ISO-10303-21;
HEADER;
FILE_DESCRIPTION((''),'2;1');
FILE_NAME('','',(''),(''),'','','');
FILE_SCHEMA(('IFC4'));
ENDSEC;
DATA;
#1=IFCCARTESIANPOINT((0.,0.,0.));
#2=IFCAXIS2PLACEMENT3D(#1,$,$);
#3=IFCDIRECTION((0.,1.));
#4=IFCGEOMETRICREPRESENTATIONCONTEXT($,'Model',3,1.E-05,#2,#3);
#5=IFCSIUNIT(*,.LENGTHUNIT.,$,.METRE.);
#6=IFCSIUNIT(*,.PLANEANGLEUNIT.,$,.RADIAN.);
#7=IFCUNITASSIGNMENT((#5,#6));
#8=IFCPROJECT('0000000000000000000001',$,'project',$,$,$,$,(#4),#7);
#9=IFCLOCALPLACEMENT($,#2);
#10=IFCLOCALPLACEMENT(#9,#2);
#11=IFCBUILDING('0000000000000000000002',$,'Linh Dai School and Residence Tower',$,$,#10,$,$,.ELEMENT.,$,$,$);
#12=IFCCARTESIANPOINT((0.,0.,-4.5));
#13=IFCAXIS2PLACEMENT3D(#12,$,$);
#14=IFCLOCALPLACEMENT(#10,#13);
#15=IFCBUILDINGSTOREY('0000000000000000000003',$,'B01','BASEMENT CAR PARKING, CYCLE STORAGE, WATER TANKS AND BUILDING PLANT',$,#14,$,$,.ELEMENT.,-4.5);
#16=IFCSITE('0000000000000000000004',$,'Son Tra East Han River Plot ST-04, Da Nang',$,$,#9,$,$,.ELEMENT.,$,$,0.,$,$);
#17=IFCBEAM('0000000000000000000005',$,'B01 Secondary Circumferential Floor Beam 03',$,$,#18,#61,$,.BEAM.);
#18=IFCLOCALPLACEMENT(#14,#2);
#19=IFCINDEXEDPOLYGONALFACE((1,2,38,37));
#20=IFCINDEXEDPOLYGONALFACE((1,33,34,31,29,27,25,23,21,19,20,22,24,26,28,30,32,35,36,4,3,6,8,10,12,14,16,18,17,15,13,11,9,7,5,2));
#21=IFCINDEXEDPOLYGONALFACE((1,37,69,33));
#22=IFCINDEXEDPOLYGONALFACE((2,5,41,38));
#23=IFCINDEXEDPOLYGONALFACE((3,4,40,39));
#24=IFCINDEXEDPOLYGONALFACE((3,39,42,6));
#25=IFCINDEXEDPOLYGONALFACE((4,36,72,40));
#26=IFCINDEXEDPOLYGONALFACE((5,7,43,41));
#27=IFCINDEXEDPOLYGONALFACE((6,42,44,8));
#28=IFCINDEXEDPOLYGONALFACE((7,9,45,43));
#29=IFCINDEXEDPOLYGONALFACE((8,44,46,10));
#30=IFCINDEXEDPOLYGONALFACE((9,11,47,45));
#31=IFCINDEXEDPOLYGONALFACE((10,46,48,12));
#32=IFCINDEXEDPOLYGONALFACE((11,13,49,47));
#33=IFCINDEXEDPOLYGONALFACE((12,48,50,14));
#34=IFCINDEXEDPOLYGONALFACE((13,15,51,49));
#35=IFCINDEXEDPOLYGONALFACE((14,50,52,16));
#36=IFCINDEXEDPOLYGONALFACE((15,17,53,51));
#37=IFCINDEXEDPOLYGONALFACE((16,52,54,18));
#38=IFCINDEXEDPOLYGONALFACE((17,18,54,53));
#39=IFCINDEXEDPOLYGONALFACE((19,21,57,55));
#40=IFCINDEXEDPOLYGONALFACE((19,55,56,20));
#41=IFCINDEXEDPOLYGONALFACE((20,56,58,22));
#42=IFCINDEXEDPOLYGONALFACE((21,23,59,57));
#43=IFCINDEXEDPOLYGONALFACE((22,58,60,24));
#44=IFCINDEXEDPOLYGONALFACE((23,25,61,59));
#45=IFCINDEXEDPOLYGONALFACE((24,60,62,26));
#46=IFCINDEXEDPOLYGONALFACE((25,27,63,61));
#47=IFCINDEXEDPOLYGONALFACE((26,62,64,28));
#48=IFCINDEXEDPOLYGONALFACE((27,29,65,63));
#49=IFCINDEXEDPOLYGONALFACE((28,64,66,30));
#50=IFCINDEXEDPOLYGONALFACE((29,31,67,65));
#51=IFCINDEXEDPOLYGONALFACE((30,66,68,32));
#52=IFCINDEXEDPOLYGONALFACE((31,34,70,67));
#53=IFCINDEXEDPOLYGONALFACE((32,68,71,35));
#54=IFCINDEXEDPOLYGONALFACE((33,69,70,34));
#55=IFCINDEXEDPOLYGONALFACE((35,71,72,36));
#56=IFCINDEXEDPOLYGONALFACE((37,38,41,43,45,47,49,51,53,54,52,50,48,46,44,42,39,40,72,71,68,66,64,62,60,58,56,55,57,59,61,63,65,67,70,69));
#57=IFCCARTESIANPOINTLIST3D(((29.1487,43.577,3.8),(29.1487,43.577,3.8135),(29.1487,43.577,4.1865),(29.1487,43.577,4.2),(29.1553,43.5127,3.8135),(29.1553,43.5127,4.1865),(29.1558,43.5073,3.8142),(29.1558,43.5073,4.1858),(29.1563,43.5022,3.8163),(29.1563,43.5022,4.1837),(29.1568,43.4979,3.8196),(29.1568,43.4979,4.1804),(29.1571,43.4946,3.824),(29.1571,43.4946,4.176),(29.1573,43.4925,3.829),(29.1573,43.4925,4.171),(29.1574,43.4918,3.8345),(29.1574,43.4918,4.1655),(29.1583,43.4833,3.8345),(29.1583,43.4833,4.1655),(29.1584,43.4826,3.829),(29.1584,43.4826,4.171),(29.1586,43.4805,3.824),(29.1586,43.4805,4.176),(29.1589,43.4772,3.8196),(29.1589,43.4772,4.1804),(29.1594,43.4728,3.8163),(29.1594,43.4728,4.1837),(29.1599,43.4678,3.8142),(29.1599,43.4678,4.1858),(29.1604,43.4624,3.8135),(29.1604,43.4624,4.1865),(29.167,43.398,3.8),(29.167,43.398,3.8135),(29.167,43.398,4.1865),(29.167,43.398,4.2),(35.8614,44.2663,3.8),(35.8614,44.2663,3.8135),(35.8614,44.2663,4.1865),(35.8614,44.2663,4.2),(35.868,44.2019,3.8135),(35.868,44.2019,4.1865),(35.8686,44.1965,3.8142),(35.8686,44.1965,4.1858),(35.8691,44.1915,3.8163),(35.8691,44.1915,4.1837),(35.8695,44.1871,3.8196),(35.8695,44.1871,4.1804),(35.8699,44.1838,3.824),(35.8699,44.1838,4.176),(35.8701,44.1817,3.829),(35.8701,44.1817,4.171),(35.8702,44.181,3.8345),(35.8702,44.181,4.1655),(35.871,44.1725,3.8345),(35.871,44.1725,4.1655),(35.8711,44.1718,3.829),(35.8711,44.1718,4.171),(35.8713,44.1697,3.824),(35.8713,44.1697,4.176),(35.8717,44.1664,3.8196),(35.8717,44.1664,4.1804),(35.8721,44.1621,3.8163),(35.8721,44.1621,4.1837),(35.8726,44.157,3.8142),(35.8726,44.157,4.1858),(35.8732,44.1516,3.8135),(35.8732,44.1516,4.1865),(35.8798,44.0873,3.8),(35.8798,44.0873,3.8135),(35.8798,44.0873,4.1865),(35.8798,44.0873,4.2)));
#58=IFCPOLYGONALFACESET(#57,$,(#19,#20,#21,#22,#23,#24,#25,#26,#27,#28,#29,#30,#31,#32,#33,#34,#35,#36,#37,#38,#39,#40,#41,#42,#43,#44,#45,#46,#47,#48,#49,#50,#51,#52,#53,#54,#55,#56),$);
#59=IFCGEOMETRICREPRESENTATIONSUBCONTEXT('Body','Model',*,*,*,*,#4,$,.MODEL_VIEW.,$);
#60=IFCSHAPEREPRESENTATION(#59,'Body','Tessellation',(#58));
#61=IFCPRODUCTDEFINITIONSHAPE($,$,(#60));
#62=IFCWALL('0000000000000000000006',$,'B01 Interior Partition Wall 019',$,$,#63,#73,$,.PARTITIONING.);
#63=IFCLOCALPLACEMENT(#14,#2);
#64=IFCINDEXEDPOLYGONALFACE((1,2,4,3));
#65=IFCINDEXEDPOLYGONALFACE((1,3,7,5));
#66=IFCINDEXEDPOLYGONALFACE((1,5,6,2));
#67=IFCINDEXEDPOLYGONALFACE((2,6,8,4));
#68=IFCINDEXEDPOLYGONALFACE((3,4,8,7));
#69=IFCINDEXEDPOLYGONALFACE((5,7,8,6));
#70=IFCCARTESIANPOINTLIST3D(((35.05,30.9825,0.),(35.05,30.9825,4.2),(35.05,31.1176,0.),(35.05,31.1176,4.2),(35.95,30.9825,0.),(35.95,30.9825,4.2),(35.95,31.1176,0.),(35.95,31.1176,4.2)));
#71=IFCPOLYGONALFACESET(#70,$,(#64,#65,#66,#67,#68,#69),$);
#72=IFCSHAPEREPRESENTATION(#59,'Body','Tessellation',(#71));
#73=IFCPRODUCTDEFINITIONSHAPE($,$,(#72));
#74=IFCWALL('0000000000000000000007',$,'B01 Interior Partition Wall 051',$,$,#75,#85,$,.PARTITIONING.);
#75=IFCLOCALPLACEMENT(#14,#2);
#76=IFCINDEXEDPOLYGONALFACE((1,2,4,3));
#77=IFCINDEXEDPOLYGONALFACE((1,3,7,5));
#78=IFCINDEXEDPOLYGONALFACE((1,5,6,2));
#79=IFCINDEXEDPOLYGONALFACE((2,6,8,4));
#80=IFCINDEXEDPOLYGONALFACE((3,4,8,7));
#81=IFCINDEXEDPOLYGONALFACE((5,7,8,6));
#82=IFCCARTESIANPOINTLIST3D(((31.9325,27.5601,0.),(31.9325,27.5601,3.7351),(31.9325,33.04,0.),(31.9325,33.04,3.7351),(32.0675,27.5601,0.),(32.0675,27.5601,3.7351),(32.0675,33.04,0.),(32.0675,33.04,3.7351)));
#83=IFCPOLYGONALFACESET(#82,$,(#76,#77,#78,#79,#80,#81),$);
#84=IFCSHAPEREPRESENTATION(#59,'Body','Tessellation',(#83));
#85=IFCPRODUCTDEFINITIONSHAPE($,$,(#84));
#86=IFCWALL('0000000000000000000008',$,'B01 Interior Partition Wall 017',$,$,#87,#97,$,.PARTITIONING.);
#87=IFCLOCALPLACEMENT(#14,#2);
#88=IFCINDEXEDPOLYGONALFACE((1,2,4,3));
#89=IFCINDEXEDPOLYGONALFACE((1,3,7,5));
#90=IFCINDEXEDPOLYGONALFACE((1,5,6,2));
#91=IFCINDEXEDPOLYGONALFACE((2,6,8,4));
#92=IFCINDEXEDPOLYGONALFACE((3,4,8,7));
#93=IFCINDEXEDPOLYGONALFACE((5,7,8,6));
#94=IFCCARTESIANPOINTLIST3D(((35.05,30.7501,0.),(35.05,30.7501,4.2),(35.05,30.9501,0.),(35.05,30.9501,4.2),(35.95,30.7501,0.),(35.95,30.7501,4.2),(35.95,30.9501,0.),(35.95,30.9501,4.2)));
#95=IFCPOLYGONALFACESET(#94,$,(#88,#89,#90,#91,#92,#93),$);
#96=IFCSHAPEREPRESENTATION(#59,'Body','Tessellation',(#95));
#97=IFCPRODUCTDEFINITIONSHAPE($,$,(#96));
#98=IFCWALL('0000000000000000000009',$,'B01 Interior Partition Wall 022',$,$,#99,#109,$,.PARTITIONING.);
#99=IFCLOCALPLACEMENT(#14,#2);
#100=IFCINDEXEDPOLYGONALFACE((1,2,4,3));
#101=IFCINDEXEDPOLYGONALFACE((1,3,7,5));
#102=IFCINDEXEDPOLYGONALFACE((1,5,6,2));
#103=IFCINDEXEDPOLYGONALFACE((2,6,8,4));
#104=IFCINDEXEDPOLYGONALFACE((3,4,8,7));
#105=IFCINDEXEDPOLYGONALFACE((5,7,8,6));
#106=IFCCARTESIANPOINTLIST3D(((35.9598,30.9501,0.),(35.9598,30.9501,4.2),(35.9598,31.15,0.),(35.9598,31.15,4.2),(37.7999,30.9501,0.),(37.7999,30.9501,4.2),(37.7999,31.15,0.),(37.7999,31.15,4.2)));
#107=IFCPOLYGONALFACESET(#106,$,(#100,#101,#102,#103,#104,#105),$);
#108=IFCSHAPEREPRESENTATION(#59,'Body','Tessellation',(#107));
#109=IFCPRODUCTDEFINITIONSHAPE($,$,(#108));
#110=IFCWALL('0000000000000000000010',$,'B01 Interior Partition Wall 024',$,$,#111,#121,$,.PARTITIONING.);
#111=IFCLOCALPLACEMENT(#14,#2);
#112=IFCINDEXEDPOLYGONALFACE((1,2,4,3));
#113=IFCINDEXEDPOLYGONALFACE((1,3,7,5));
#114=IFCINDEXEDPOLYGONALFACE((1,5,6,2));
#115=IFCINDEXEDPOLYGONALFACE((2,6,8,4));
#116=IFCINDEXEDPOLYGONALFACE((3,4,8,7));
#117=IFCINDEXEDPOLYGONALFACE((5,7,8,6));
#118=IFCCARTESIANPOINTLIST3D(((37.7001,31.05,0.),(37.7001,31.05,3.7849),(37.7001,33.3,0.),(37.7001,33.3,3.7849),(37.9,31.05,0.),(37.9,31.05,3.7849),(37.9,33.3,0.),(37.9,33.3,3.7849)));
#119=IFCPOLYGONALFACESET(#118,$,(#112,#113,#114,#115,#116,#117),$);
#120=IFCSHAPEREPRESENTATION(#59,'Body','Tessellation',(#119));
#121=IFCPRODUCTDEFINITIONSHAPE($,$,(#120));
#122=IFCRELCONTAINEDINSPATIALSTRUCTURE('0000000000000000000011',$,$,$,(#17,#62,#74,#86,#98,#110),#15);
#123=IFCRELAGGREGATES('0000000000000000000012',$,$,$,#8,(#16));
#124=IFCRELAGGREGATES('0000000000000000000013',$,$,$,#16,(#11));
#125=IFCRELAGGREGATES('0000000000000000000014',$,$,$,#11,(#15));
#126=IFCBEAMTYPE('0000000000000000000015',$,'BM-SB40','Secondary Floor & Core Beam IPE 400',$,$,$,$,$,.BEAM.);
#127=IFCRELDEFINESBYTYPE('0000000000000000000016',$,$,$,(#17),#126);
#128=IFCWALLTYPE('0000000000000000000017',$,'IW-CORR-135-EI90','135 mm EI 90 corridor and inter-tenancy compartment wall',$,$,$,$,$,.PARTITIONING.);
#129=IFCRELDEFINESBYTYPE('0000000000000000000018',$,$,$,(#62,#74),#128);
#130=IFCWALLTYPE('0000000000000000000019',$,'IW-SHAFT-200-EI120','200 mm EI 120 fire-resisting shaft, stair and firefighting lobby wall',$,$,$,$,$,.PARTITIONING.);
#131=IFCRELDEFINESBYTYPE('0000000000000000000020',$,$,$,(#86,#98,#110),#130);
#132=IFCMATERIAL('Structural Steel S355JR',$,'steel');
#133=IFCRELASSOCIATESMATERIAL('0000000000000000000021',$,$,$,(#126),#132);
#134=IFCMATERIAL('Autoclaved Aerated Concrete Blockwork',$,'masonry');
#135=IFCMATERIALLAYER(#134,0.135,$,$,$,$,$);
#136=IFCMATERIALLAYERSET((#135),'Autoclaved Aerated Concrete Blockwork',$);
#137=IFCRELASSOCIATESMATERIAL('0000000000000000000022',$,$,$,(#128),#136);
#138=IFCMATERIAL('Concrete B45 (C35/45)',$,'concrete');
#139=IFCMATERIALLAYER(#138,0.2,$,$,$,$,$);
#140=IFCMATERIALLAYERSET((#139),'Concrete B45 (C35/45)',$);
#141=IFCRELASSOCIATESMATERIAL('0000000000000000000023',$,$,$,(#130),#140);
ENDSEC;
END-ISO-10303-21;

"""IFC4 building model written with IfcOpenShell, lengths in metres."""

from ifc_helpers import new_model, si_unit, direction, frame, frame_2d, origin, origin_2d, place, context, subcontext, project, spatial, rectangle, i_section, extrude, material, layer, layer_set, material_profile, profile_set, type_object, element, save


model = new_model("IFC4")

# Units and contexts
model_context = context("Model", 3, precision=1e-05, world=origin(), true_north=direction((0.0, 1.0)))
body_context = subcontext(model_context, "Body", "Model", "MODEL_VIEW")
ifc_project = project(units=[si_unit("LENGTHUNIT", "METRE"), si_unit("PLANEANGLEUNIT", "RADIAN")], contexts=[model_context])

# Site, building, storey
site_placement = place(None, origin())
site = spatial("IfcSite", under=ifc_project, at=site_placement, Name="Son Tra East Han River Plot ST-04, Da Nang", CompositionType="ELEMENT", RefElevation=0.0)
building_placement = place(site_placement, origin())
building = spatial("IfcBuilding", under=site, at=building_placement, Name="Linh Dai School and Residence Tower", CompositionType="ELEMENT")
storey_placement = place(building_placement, frame((0.0, 0.0, -4.5)))
storey = spatial("IfcBuildingStorey", under=building, at=storey_placement, Name="B01", Description="BASEMENT CAR PARKING, CYCLE STORAGE, WATER TANKS AND BUILDING PLANT", CompositionType="ELEMENT", Elevation=-4.5)

# Shared definitions
ifc_material_1 = material(Name="Concrete B45 (C35/45)", Category="concrete")
ifc_material_2 = material(Name="Structural Steel S355JR", Category="steel")

# Beam
ifc_material_profile_1 = material_profile(ifc_material_2, i_section(OverallWidth=0.1799, OverallDepth=0.3999, WebThickness=0.0085, FlangeThickness=0.0134, FilletRadius=0.021, at=origin_2d()), Name="IPE 400")
ifc_profile_set_1 = profile_set([ifc_material_profile_1], Name="Structural Steel S355JR")
beam_type_1 = type_object("IfcBeamType", Name="BM-SB40", Description="Secondary Floor & Core Beam IPE 400", PredefinedType="BEAM", material=ifc_profile_set_1)
beam_1_placement = place(storey_placement, frame((35.8706, 44.1768, 4.0), z_axis=(-0.99477, -0.102136, 0.0), x_axis=(0.102136, -0.99477, 0.0)))
element("IfcBeam", 1, at=beam_1_placement, inside=storey, type_object=beam_type_1, Name="B01 Secondary Circumferential Floor Beam 03", PredefinedType="BEAM", context=body_context, shape_type="SweptSolid", body=[
    extrude(i_section(OverallWidth=0.1799, OverallDepth=0.3999, WebThickness=0.0085, FlangeThickness=0.0134, FilletRadius=0.021, at=origin_2d()), origin(), (0.0, 0.0, 1.0), 6.748),
])

# Shared definitions
ifc_material_3 = material(Name="Autoclaved Aerated Concrete Blockwork", Category="masonry")
ifc_layer_1 = layer(ifc_material_3, 0.135)
ifc_layer_set_1 = layer_set([ifc_layer_1], Name="Autoclaved Aerated Concrete Blockwork")
wall_type_1 = type_object("IfcWallType", Name="IW-CORR-135-EI90", Description="135 mm EI 90 corridor and inter-tenancy compartment wall", PredefinedType="PARTITIONING", material=ifc_layer_set_1)

# Walls
wall_1_placement = place(storey_placement, frame((35.05, 31.05, 0.0), z_axis=(0.0, 0.0, 1.0), x_axis=(1.0, 0.0, 0.0)))
element("IfcWall", 2, at=wall_1_placement, inside=storey, type_object=wall_type_1, Name="B01 Interior Partition Wall 019", PredefinedType="PARTITIONING", context=body_context, shape_type="SweptSolid", body=[
    extrude(rectangle(XDim=0.8999, YDim=0.135, at=frame_2d((0.45, 0.0))), origin(), (0.0, 0.0, 1.0), 4.2),
])
wall_2_placement = place(storey_placement, frame((32.0, 33.04, 0.0), z_axis=(0.0, 0.0, 1.0), x_axis=(0.0, -1.0, 0.0)))
element("IfcWall", 3, at=wall_2_placement, inside=storey, type_object=wall_type_1, Name="B01 Interior Partition Wall 051", PredefinedType="PARTITIONING", context=body_context, shape_type="SweptSolid", body=[
    extrude(rectangle(XDim=5.48, YDim=0.135, at=frame_2d((2.74, 0.0))), origin(), (0.0, 0.0, 1.0), 3.7351),
])
ifc_layer_2 = layer(ifc_material_1, 0.2)
ifc_layer_set_2 = layer_set([ifc_layer_2], Name="Concrete B45 (C35/45)")
wall_type_2 = type_object("IfcWallType", Name="IW-SHAFT-200-EI120", Description="200 mm EI 120 fire-resisting shaft, stair and firefighting lobby wall", PredefinedType="PARTITIONING", material=ifc_layer_set_2)
wall_3_placement = place(storey_placement, frame((35.05, 30.8501, 0.0), z_axis=(0.0, 0.0, 1.0), x_axis=(1.0, 0.0, 0.0)))
element("IfcWall", 4, at=wall_3_placement, inside=storey, type_object=wall_type_2, Name="B01 Interior Partition Wall 017", PredefinedType="PARTITIONING", context=body_context, shape_type="SweptSolid", body=[
    extrude(rectangle(XDim=0.8999, YDim=0.2, at=frame_2d((0.45, 0.0))), origin(), (0.0, 0.0, 1.0), 4.2),
])
wall_4_placement = place(storey_placement, frame((35.96, 31.05, 0.0), z_axis=(0.0, 0.0, 1.0), x_axis=(1.0, 0.0, 0.0)))
element("IfcWall", 5, at=wall_4_placement, inside=storey, type_object=wall_type_2, Name="B01 Interior Partition Wall 022", PredefinedType="PARTITIONING", context=body_context, shape_type="SweptSolid", body=[
    extrude(rectangle(XDim=1.8401, YDim=0.2, at=frame_2d((0.9199, 0.0))), origin(), (0.0, 0.0, 1.0), 4.2),
])
wall_5_placement = place(storey_placement, frame((37.8, 31.05, 0.0), z_axis=(0.0, 0.0, 1.0), x_axis=(0.0, 1.0, 0.0)))
element("IfcWall", 6, at=wall_5_placement, inside=storey, type_object=wall_type_2, Name="B01 Interior Partition Wall 024", PredefinedType="PARTITIONING", context=body_context, shape_type="SweptSolid", body=[
    extrude(rectangle(XDim=2.25, YDim=0.2, at=frame_2d((1.125, 0.0))), origin(), (0.0, 0.0, 1.0), 3.7849),
])

save(model, "model.ifc")
